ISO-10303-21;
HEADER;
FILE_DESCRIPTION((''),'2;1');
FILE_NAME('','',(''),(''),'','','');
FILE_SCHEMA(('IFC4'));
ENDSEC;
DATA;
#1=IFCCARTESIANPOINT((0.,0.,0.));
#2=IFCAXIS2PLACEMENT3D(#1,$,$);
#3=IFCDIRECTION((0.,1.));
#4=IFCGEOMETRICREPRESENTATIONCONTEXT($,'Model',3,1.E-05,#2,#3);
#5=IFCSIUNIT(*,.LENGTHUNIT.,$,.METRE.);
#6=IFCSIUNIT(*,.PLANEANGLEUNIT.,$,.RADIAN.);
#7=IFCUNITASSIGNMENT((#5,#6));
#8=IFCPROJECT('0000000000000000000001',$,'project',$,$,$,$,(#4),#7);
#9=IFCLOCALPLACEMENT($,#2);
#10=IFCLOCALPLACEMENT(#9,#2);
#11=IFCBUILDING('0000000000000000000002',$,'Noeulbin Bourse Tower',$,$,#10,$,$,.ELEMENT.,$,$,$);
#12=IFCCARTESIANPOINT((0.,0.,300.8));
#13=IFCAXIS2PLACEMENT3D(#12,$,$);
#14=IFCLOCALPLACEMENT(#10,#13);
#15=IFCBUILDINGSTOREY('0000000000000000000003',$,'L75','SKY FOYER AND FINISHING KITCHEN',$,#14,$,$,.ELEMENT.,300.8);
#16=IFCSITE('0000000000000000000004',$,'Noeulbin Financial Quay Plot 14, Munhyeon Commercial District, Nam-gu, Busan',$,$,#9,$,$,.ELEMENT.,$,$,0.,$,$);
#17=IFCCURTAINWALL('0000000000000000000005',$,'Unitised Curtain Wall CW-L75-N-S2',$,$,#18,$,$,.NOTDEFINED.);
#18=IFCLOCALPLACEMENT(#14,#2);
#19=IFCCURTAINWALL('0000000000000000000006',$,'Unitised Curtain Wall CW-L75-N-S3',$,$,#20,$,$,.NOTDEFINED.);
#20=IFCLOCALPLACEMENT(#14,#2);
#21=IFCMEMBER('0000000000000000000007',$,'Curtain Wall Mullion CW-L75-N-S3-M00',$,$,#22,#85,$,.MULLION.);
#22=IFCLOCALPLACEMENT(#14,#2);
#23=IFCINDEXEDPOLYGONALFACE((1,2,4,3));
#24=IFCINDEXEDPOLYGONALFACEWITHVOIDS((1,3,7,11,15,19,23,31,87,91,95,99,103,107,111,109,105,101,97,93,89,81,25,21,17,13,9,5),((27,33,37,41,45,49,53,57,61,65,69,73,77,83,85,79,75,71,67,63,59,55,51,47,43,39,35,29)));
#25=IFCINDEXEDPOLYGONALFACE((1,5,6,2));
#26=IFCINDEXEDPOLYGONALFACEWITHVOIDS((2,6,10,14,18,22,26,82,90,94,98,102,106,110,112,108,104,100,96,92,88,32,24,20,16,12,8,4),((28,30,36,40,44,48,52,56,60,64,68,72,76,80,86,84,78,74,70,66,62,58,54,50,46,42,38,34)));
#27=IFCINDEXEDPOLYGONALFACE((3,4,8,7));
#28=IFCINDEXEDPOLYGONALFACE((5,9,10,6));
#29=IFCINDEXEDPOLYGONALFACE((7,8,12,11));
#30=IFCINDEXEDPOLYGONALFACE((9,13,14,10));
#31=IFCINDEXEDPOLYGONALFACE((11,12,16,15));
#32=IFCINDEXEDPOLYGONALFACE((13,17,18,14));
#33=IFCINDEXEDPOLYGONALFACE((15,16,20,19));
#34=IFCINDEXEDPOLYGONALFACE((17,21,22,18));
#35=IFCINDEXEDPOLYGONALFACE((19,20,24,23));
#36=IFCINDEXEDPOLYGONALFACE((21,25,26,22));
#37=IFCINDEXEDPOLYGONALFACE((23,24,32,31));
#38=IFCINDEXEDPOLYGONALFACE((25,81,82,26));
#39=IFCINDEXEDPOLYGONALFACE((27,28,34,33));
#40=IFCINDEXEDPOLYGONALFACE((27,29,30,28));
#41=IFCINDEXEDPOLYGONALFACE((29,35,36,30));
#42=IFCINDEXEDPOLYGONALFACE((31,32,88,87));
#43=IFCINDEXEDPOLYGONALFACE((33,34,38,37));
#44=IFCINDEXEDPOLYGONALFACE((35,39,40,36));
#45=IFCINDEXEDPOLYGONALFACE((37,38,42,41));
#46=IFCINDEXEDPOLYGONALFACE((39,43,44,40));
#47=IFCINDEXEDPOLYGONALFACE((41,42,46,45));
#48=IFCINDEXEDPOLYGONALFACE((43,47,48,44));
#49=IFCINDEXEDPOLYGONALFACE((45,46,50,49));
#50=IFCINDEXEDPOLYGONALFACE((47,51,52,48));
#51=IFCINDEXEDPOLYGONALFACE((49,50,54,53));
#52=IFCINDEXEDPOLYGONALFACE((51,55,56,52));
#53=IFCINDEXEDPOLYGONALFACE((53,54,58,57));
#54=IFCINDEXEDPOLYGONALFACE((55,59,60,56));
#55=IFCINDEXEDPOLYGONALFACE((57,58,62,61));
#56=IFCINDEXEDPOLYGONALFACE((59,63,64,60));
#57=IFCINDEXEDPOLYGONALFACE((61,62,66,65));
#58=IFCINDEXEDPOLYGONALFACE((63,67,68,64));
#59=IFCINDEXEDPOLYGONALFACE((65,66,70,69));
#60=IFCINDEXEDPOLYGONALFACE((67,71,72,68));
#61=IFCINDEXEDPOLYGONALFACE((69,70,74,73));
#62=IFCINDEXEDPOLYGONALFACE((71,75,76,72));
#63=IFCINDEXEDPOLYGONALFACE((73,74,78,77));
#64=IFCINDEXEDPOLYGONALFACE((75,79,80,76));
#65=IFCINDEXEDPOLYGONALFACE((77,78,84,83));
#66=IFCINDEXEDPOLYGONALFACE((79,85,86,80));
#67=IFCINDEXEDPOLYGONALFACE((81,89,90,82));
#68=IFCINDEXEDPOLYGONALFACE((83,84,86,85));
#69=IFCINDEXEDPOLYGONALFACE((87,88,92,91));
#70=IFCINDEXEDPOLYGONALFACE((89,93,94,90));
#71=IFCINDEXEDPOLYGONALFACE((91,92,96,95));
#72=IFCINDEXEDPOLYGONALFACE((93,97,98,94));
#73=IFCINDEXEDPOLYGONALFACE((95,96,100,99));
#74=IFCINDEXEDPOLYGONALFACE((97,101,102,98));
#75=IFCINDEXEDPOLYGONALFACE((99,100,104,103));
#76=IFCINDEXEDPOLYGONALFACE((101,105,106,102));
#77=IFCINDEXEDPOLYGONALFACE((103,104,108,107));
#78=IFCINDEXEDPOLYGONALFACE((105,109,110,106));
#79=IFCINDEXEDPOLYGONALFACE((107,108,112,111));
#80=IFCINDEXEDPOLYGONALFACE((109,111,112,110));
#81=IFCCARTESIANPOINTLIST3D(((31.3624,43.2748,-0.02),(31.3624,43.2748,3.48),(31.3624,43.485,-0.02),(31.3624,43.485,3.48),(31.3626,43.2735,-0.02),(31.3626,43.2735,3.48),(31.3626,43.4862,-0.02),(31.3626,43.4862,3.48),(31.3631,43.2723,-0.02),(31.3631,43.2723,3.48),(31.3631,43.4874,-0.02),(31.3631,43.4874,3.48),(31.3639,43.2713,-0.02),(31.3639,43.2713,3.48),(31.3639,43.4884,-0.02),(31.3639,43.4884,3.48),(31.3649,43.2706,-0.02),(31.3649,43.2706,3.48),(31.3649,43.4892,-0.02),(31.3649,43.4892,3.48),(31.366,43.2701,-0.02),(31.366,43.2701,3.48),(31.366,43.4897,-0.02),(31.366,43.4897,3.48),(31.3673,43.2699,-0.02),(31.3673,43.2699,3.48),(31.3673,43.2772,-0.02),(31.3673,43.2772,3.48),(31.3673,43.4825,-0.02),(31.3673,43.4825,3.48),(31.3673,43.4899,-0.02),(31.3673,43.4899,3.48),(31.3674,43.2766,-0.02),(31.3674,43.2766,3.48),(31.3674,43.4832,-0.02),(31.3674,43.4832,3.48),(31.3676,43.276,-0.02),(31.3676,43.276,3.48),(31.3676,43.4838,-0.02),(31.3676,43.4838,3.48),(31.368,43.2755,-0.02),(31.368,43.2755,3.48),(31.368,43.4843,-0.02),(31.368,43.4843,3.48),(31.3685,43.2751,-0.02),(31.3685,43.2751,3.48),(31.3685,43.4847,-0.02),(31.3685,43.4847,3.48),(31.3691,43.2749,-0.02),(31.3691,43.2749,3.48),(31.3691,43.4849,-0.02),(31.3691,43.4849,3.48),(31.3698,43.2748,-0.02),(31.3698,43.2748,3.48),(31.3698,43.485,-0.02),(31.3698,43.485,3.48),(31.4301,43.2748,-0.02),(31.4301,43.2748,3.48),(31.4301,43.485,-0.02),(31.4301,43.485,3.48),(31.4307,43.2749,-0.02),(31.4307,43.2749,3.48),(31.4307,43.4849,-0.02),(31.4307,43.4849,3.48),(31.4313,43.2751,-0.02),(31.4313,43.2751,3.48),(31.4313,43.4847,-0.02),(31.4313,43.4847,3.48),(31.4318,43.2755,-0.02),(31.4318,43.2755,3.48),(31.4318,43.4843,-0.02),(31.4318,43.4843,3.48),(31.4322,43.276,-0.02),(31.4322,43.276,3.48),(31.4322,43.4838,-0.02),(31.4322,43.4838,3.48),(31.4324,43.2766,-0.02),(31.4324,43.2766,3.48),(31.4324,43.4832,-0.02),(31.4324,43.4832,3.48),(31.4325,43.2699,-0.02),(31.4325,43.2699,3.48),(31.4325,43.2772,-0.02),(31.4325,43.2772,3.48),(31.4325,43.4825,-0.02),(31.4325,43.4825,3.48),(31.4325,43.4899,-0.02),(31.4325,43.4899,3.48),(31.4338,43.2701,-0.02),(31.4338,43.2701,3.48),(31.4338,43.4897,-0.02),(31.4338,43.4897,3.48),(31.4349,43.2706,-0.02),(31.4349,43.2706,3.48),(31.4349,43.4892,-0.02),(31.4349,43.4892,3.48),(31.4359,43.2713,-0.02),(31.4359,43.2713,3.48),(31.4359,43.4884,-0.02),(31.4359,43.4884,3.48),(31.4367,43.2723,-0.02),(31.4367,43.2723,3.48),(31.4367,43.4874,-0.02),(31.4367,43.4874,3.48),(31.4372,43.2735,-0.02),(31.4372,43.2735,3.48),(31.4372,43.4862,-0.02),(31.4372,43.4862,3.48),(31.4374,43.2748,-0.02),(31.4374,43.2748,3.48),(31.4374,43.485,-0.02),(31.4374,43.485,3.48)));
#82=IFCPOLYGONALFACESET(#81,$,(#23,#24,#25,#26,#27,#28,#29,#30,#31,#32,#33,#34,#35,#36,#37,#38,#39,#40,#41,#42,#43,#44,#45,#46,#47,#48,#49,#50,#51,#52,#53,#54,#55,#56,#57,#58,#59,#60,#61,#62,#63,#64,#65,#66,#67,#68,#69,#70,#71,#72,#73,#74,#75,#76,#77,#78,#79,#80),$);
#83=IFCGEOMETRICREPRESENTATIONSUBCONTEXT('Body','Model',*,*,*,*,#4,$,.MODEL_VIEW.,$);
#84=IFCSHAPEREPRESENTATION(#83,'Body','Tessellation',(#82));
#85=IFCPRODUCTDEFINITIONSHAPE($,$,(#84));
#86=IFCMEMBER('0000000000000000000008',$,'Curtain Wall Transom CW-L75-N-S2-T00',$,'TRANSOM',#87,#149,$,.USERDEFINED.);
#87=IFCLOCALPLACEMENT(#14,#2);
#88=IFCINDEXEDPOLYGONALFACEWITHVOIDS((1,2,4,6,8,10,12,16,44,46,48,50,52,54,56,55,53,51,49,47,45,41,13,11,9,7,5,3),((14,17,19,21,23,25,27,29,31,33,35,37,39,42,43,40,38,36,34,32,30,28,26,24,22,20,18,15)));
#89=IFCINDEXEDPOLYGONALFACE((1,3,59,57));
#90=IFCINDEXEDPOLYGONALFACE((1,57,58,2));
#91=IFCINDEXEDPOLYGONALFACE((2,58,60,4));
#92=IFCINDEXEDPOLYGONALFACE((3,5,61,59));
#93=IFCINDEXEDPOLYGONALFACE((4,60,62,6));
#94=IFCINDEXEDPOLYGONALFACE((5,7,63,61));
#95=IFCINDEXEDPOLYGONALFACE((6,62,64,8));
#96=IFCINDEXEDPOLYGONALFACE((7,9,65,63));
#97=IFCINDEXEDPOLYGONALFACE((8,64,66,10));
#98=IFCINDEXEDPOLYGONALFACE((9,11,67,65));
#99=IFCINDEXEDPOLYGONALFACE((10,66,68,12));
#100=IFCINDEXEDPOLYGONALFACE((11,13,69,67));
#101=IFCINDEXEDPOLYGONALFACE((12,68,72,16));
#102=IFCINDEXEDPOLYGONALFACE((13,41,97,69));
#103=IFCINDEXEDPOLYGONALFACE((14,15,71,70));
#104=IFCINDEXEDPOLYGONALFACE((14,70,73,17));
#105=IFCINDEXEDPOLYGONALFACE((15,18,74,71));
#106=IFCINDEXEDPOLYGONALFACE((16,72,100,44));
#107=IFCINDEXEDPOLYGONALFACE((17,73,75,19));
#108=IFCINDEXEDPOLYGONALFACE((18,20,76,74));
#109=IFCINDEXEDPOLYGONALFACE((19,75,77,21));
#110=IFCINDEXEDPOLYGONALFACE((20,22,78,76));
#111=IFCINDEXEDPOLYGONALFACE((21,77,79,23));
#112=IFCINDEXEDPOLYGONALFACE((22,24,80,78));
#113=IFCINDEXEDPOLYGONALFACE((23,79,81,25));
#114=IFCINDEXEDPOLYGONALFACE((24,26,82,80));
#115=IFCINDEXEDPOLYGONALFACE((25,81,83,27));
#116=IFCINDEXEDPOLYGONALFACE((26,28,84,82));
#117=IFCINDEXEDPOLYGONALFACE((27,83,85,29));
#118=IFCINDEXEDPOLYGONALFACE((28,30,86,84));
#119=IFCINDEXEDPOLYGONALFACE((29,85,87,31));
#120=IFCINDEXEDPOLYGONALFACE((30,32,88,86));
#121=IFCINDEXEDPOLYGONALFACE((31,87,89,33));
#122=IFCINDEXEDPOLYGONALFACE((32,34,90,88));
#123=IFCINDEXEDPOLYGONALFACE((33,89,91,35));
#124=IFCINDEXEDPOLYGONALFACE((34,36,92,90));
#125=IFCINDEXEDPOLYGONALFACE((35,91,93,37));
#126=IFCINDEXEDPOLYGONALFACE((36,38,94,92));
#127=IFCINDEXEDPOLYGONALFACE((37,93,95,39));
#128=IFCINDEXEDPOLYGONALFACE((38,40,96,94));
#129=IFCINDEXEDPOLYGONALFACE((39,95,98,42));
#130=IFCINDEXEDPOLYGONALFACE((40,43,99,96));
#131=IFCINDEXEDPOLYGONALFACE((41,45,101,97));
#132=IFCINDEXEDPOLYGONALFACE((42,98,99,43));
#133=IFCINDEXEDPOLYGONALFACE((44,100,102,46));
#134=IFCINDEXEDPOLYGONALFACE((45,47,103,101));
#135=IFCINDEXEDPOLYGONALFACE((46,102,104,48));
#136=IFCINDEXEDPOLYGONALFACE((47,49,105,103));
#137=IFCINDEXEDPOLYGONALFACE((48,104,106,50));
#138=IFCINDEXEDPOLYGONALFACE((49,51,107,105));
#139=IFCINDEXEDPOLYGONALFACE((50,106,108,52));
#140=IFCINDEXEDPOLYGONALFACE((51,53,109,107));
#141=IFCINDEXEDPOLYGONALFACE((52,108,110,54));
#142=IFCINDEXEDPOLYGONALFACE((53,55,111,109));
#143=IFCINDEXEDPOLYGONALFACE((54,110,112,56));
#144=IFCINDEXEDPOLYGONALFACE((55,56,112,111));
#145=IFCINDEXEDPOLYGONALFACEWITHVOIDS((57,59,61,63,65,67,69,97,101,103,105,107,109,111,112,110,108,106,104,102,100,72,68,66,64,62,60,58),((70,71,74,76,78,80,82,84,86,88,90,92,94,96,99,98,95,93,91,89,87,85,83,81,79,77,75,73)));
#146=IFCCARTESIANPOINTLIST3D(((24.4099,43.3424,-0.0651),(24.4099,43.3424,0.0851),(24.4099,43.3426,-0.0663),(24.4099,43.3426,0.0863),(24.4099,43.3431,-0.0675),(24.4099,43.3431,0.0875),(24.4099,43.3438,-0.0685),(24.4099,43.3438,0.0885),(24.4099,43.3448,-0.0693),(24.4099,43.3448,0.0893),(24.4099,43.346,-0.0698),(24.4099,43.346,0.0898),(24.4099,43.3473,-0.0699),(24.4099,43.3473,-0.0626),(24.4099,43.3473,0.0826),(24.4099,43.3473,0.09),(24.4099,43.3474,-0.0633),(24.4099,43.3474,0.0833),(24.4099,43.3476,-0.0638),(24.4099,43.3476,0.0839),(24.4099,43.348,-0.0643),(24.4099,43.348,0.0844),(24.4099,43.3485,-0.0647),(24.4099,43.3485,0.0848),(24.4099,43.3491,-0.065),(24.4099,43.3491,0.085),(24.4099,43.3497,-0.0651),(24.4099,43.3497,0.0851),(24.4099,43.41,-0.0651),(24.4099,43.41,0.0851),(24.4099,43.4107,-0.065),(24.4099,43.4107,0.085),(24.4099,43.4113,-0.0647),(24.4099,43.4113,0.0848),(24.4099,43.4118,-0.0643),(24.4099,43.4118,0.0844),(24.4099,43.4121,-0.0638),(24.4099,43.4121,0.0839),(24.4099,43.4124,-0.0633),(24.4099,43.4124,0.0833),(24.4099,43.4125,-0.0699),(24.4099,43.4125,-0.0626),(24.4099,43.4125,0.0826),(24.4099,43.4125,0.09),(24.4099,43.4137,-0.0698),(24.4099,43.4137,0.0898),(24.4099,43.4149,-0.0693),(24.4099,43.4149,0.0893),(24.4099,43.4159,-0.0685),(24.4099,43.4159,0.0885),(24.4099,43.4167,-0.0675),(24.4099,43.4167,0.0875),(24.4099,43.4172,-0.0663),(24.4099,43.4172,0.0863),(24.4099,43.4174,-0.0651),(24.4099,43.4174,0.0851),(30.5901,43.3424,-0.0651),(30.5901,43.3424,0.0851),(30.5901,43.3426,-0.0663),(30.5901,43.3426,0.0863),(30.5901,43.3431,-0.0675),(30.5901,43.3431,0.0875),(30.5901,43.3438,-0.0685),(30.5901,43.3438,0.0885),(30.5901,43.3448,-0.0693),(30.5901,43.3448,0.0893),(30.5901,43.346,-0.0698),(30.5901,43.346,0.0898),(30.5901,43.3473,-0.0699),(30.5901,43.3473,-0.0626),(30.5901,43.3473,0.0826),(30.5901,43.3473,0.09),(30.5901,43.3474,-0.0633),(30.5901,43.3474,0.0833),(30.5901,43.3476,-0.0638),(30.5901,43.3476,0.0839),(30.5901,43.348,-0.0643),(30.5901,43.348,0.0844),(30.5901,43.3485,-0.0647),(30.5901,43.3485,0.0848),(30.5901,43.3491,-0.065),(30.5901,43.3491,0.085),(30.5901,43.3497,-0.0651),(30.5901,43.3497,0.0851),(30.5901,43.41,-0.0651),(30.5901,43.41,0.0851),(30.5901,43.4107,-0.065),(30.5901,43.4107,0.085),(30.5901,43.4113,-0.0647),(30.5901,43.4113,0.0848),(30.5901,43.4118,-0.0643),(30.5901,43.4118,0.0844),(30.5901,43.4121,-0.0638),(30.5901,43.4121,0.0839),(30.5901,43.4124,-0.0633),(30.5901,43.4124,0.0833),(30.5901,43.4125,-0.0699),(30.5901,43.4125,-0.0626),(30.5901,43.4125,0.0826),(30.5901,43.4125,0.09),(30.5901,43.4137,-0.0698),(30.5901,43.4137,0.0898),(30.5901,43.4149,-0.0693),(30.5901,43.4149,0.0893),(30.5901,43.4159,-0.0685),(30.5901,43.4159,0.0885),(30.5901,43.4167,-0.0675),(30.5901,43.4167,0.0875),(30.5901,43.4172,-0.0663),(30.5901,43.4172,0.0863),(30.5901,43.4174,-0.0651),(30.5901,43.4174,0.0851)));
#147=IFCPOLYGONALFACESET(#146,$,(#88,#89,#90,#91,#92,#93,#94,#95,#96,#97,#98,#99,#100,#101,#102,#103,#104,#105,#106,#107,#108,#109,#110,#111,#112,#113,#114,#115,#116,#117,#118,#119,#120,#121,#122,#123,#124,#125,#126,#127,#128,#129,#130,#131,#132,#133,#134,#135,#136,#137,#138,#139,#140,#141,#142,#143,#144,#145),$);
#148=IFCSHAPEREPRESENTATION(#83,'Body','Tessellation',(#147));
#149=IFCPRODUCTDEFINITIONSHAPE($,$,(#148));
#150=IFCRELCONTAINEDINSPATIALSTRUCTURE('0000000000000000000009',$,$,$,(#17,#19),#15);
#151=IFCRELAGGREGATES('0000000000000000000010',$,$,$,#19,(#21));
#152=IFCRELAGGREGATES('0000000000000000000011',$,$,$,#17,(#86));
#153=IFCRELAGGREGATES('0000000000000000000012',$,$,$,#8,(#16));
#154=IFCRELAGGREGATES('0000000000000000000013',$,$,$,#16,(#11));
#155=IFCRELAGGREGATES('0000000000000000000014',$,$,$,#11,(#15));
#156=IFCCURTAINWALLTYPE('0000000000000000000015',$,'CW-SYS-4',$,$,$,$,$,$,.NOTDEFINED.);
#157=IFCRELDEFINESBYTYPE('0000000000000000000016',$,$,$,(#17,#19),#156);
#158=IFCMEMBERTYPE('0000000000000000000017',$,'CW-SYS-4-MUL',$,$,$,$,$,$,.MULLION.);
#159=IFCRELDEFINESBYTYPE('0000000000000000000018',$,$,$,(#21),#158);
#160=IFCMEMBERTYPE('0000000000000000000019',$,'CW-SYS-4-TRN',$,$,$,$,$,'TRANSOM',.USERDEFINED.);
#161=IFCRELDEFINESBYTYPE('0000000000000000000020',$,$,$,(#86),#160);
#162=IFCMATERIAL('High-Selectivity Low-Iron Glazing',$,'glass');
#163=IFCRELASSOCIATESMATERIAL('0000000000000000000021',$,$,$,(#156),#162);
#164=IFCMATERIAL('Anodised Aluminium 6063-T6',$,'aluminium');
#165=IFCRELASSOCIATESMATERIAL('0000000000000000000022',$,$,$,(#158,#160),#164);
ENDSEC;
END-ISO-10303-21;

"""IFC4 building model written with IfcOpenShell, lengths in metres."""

from ifc_helpers import new_model, si_unit, direction, frame, origin, origin_2d, place, context, subcontext, project, spatial, hollow_rectangle, extrude, material, material_profile, profile_set, type_object, element, aggregate, save


model = new_model("IFC4")

# Units and contexts
model_context = context("Model", 3, precision=1e-05, world=origin(), true_north=direction((0.0, 1.0)))
body_context = subcontext(model_context, "Body", "Model", "MODEL_VIEW")
ifc_project = project(units=[si_unit("LENGTHUNIT", "METRE"), si_unit("PLANEANGLEUNIT", "RADIAN")], contexts=[model_context])

# Site, building, storey
site_placement = place(None, origin())
site = spatial("IfcSite", under=ifc_project, at=site_placement, Name="Noeulbin Financial Quay Plot 14, Munhyeon Commercial District, Nam-gu, Busan", CompositionType="ELEMENT", RefElevation=0.0)
building_placement = place(site_placement, origin())
building = spatial("IfcBuilding", under=site, at=building_placement, Name="Noeulbin Bourse Tower", CompositionType="ELEMENT")
storey_placement = place(building_placement, frame((0.0, 0.0, 300.8)))
storey = spatial("IfcBuildingStorey", under=building, at=storey_placement, Name="L75", Description="SKY FOYER AND FINISHING KITCHEN", CompositionType="ELEMENT", Elevation=300.8)

# Curtain wall
ifc_material_1 = material(Name="High-Selectivity Low-Iron Glazing", Category="glass")
curtain_wall_type = type_object("IfcCurtainWallType", Name="CW-SYS-4", PredefinedType="NOTDEFINED", material=ifc_material_1)
ifc_material_2 = material(Name="Anodised Aluminium 6063-T6", Category="aluminium")
ifc_material_profile_1 = material_profile(ifc_material_2, hollow_rectangle(XDim=0.075, YDim=0.22, WallThickness=0.0049, InnerFilletRadius=0.0024, OuterFilletRadius=0.0049, at=origin_2d()), Name="ALU-MULL-75x220x5", Category="LoadBearing")
ifc_profile_set_1 = profile_set([ifc_material_profile_1], Name="Anodised Aluminium 6063-T6")
member_type_1 = type_object("IfcMemberType", Name="CW-SYS-4-MUL", PredefinedType="MULLION", material=ifc_profile_set_1)
curtain_wall_1_placement = place(storey_placement, origin())
curtain_wall_1 = element("IfcCurtainWall", 1, at=curtain_wall_1_placement, inside=storey, type_object=curtain_wall_type, Name="Unitised Curtain Wall CW-L75-N-S2", PredefinedType="NOTDEFINED")

# Curtain wall, member
curtain_wall_2_placement = place(storey_placement, origin())
curtain_wall_2 = element("IfcCurtainWall", 2, at=curtain_wall_2_placement, inside=storey, type_object=curtain_wall_type, Name="Unitised Curtain Wall CW-L75-N-S3", PredefinedType="NOTDEFINED")
member_1_placement = place(storey_placement, frame((31.3999, 43.3799, -0.02), z_axis=(0.0, 0.0, 1.0), x_axis=(1.0, 0.0, 0.0)))
member_1 = element("IfcMember", 3, at=member_1_placement, type_object=member_type_1, Name="Curtain Wall Mullion CW-L75-N-S3-M00", PredefinedType="MULLION", context=body_context, shape_type="SweptSolid", body=[
    extrude(hollow_rectangle(XDim=0.075, YDim=0.22, WallThickness=0.0049, InnerFilletRadius=0.0024, OuterFilletRadius=0.0049, at=origin_2d()), origin(), (0.0, 0.0, 1.0), 3.5),
])

# Member
ifc_material_profile_2 = material_profile(ifc_material_2, hollow_rectangle(XDim=0.075, YDim=0.1599, WallThickness=0.0049, InnerFilletRadius=0.0024, OuterFilletRadius=0.0049, at=origin_2d()), Name="ALU-TRAN-75x160x5", Category="LoadBearing")
ifc_profile_set_2 = profile_set([ifc_material_profile_2], Name="Anodised Aluminium 6063-T6")
member_type_2 = type_object("IfcMemberType", Name="CW-SYS-4-TRN", ElementType="TRANSOM", PredefinedType="USERDEFINED", material=ifc_profile_set_2)
member_2_placement = place(storey_placement, frame((24.4099, 43.3799, 0.01), z_axis=(1.0, 0.0, 0.0), x_axis=(0.0, 1.0, 0.0)))
member_2 = element("IfcMember", 4, at=member_2_placement, type_object=member_type_2, Name="Curtain Wall Transom CW-L75-N-S2-T00", ObjectType="TRANSOM", PredefinedType="USERDEFINED", context=body_context, shape_type="SweptSolid", body=[
    extrude(hollow_rectangle(XDim=0.075, YDim=0.1599, WallThickness=0.0049, InnerFilletRadius=0.0024, OuterFilletRadius=0.0049, at=origin_2d()), origin(), (0.0, 0.0, 1.0), 6.1802),
])
aggregate(curtain_wall_2, [member_1])

aggregate(curtain_wall_1, [member_2])

save(model, "model.ifc")
